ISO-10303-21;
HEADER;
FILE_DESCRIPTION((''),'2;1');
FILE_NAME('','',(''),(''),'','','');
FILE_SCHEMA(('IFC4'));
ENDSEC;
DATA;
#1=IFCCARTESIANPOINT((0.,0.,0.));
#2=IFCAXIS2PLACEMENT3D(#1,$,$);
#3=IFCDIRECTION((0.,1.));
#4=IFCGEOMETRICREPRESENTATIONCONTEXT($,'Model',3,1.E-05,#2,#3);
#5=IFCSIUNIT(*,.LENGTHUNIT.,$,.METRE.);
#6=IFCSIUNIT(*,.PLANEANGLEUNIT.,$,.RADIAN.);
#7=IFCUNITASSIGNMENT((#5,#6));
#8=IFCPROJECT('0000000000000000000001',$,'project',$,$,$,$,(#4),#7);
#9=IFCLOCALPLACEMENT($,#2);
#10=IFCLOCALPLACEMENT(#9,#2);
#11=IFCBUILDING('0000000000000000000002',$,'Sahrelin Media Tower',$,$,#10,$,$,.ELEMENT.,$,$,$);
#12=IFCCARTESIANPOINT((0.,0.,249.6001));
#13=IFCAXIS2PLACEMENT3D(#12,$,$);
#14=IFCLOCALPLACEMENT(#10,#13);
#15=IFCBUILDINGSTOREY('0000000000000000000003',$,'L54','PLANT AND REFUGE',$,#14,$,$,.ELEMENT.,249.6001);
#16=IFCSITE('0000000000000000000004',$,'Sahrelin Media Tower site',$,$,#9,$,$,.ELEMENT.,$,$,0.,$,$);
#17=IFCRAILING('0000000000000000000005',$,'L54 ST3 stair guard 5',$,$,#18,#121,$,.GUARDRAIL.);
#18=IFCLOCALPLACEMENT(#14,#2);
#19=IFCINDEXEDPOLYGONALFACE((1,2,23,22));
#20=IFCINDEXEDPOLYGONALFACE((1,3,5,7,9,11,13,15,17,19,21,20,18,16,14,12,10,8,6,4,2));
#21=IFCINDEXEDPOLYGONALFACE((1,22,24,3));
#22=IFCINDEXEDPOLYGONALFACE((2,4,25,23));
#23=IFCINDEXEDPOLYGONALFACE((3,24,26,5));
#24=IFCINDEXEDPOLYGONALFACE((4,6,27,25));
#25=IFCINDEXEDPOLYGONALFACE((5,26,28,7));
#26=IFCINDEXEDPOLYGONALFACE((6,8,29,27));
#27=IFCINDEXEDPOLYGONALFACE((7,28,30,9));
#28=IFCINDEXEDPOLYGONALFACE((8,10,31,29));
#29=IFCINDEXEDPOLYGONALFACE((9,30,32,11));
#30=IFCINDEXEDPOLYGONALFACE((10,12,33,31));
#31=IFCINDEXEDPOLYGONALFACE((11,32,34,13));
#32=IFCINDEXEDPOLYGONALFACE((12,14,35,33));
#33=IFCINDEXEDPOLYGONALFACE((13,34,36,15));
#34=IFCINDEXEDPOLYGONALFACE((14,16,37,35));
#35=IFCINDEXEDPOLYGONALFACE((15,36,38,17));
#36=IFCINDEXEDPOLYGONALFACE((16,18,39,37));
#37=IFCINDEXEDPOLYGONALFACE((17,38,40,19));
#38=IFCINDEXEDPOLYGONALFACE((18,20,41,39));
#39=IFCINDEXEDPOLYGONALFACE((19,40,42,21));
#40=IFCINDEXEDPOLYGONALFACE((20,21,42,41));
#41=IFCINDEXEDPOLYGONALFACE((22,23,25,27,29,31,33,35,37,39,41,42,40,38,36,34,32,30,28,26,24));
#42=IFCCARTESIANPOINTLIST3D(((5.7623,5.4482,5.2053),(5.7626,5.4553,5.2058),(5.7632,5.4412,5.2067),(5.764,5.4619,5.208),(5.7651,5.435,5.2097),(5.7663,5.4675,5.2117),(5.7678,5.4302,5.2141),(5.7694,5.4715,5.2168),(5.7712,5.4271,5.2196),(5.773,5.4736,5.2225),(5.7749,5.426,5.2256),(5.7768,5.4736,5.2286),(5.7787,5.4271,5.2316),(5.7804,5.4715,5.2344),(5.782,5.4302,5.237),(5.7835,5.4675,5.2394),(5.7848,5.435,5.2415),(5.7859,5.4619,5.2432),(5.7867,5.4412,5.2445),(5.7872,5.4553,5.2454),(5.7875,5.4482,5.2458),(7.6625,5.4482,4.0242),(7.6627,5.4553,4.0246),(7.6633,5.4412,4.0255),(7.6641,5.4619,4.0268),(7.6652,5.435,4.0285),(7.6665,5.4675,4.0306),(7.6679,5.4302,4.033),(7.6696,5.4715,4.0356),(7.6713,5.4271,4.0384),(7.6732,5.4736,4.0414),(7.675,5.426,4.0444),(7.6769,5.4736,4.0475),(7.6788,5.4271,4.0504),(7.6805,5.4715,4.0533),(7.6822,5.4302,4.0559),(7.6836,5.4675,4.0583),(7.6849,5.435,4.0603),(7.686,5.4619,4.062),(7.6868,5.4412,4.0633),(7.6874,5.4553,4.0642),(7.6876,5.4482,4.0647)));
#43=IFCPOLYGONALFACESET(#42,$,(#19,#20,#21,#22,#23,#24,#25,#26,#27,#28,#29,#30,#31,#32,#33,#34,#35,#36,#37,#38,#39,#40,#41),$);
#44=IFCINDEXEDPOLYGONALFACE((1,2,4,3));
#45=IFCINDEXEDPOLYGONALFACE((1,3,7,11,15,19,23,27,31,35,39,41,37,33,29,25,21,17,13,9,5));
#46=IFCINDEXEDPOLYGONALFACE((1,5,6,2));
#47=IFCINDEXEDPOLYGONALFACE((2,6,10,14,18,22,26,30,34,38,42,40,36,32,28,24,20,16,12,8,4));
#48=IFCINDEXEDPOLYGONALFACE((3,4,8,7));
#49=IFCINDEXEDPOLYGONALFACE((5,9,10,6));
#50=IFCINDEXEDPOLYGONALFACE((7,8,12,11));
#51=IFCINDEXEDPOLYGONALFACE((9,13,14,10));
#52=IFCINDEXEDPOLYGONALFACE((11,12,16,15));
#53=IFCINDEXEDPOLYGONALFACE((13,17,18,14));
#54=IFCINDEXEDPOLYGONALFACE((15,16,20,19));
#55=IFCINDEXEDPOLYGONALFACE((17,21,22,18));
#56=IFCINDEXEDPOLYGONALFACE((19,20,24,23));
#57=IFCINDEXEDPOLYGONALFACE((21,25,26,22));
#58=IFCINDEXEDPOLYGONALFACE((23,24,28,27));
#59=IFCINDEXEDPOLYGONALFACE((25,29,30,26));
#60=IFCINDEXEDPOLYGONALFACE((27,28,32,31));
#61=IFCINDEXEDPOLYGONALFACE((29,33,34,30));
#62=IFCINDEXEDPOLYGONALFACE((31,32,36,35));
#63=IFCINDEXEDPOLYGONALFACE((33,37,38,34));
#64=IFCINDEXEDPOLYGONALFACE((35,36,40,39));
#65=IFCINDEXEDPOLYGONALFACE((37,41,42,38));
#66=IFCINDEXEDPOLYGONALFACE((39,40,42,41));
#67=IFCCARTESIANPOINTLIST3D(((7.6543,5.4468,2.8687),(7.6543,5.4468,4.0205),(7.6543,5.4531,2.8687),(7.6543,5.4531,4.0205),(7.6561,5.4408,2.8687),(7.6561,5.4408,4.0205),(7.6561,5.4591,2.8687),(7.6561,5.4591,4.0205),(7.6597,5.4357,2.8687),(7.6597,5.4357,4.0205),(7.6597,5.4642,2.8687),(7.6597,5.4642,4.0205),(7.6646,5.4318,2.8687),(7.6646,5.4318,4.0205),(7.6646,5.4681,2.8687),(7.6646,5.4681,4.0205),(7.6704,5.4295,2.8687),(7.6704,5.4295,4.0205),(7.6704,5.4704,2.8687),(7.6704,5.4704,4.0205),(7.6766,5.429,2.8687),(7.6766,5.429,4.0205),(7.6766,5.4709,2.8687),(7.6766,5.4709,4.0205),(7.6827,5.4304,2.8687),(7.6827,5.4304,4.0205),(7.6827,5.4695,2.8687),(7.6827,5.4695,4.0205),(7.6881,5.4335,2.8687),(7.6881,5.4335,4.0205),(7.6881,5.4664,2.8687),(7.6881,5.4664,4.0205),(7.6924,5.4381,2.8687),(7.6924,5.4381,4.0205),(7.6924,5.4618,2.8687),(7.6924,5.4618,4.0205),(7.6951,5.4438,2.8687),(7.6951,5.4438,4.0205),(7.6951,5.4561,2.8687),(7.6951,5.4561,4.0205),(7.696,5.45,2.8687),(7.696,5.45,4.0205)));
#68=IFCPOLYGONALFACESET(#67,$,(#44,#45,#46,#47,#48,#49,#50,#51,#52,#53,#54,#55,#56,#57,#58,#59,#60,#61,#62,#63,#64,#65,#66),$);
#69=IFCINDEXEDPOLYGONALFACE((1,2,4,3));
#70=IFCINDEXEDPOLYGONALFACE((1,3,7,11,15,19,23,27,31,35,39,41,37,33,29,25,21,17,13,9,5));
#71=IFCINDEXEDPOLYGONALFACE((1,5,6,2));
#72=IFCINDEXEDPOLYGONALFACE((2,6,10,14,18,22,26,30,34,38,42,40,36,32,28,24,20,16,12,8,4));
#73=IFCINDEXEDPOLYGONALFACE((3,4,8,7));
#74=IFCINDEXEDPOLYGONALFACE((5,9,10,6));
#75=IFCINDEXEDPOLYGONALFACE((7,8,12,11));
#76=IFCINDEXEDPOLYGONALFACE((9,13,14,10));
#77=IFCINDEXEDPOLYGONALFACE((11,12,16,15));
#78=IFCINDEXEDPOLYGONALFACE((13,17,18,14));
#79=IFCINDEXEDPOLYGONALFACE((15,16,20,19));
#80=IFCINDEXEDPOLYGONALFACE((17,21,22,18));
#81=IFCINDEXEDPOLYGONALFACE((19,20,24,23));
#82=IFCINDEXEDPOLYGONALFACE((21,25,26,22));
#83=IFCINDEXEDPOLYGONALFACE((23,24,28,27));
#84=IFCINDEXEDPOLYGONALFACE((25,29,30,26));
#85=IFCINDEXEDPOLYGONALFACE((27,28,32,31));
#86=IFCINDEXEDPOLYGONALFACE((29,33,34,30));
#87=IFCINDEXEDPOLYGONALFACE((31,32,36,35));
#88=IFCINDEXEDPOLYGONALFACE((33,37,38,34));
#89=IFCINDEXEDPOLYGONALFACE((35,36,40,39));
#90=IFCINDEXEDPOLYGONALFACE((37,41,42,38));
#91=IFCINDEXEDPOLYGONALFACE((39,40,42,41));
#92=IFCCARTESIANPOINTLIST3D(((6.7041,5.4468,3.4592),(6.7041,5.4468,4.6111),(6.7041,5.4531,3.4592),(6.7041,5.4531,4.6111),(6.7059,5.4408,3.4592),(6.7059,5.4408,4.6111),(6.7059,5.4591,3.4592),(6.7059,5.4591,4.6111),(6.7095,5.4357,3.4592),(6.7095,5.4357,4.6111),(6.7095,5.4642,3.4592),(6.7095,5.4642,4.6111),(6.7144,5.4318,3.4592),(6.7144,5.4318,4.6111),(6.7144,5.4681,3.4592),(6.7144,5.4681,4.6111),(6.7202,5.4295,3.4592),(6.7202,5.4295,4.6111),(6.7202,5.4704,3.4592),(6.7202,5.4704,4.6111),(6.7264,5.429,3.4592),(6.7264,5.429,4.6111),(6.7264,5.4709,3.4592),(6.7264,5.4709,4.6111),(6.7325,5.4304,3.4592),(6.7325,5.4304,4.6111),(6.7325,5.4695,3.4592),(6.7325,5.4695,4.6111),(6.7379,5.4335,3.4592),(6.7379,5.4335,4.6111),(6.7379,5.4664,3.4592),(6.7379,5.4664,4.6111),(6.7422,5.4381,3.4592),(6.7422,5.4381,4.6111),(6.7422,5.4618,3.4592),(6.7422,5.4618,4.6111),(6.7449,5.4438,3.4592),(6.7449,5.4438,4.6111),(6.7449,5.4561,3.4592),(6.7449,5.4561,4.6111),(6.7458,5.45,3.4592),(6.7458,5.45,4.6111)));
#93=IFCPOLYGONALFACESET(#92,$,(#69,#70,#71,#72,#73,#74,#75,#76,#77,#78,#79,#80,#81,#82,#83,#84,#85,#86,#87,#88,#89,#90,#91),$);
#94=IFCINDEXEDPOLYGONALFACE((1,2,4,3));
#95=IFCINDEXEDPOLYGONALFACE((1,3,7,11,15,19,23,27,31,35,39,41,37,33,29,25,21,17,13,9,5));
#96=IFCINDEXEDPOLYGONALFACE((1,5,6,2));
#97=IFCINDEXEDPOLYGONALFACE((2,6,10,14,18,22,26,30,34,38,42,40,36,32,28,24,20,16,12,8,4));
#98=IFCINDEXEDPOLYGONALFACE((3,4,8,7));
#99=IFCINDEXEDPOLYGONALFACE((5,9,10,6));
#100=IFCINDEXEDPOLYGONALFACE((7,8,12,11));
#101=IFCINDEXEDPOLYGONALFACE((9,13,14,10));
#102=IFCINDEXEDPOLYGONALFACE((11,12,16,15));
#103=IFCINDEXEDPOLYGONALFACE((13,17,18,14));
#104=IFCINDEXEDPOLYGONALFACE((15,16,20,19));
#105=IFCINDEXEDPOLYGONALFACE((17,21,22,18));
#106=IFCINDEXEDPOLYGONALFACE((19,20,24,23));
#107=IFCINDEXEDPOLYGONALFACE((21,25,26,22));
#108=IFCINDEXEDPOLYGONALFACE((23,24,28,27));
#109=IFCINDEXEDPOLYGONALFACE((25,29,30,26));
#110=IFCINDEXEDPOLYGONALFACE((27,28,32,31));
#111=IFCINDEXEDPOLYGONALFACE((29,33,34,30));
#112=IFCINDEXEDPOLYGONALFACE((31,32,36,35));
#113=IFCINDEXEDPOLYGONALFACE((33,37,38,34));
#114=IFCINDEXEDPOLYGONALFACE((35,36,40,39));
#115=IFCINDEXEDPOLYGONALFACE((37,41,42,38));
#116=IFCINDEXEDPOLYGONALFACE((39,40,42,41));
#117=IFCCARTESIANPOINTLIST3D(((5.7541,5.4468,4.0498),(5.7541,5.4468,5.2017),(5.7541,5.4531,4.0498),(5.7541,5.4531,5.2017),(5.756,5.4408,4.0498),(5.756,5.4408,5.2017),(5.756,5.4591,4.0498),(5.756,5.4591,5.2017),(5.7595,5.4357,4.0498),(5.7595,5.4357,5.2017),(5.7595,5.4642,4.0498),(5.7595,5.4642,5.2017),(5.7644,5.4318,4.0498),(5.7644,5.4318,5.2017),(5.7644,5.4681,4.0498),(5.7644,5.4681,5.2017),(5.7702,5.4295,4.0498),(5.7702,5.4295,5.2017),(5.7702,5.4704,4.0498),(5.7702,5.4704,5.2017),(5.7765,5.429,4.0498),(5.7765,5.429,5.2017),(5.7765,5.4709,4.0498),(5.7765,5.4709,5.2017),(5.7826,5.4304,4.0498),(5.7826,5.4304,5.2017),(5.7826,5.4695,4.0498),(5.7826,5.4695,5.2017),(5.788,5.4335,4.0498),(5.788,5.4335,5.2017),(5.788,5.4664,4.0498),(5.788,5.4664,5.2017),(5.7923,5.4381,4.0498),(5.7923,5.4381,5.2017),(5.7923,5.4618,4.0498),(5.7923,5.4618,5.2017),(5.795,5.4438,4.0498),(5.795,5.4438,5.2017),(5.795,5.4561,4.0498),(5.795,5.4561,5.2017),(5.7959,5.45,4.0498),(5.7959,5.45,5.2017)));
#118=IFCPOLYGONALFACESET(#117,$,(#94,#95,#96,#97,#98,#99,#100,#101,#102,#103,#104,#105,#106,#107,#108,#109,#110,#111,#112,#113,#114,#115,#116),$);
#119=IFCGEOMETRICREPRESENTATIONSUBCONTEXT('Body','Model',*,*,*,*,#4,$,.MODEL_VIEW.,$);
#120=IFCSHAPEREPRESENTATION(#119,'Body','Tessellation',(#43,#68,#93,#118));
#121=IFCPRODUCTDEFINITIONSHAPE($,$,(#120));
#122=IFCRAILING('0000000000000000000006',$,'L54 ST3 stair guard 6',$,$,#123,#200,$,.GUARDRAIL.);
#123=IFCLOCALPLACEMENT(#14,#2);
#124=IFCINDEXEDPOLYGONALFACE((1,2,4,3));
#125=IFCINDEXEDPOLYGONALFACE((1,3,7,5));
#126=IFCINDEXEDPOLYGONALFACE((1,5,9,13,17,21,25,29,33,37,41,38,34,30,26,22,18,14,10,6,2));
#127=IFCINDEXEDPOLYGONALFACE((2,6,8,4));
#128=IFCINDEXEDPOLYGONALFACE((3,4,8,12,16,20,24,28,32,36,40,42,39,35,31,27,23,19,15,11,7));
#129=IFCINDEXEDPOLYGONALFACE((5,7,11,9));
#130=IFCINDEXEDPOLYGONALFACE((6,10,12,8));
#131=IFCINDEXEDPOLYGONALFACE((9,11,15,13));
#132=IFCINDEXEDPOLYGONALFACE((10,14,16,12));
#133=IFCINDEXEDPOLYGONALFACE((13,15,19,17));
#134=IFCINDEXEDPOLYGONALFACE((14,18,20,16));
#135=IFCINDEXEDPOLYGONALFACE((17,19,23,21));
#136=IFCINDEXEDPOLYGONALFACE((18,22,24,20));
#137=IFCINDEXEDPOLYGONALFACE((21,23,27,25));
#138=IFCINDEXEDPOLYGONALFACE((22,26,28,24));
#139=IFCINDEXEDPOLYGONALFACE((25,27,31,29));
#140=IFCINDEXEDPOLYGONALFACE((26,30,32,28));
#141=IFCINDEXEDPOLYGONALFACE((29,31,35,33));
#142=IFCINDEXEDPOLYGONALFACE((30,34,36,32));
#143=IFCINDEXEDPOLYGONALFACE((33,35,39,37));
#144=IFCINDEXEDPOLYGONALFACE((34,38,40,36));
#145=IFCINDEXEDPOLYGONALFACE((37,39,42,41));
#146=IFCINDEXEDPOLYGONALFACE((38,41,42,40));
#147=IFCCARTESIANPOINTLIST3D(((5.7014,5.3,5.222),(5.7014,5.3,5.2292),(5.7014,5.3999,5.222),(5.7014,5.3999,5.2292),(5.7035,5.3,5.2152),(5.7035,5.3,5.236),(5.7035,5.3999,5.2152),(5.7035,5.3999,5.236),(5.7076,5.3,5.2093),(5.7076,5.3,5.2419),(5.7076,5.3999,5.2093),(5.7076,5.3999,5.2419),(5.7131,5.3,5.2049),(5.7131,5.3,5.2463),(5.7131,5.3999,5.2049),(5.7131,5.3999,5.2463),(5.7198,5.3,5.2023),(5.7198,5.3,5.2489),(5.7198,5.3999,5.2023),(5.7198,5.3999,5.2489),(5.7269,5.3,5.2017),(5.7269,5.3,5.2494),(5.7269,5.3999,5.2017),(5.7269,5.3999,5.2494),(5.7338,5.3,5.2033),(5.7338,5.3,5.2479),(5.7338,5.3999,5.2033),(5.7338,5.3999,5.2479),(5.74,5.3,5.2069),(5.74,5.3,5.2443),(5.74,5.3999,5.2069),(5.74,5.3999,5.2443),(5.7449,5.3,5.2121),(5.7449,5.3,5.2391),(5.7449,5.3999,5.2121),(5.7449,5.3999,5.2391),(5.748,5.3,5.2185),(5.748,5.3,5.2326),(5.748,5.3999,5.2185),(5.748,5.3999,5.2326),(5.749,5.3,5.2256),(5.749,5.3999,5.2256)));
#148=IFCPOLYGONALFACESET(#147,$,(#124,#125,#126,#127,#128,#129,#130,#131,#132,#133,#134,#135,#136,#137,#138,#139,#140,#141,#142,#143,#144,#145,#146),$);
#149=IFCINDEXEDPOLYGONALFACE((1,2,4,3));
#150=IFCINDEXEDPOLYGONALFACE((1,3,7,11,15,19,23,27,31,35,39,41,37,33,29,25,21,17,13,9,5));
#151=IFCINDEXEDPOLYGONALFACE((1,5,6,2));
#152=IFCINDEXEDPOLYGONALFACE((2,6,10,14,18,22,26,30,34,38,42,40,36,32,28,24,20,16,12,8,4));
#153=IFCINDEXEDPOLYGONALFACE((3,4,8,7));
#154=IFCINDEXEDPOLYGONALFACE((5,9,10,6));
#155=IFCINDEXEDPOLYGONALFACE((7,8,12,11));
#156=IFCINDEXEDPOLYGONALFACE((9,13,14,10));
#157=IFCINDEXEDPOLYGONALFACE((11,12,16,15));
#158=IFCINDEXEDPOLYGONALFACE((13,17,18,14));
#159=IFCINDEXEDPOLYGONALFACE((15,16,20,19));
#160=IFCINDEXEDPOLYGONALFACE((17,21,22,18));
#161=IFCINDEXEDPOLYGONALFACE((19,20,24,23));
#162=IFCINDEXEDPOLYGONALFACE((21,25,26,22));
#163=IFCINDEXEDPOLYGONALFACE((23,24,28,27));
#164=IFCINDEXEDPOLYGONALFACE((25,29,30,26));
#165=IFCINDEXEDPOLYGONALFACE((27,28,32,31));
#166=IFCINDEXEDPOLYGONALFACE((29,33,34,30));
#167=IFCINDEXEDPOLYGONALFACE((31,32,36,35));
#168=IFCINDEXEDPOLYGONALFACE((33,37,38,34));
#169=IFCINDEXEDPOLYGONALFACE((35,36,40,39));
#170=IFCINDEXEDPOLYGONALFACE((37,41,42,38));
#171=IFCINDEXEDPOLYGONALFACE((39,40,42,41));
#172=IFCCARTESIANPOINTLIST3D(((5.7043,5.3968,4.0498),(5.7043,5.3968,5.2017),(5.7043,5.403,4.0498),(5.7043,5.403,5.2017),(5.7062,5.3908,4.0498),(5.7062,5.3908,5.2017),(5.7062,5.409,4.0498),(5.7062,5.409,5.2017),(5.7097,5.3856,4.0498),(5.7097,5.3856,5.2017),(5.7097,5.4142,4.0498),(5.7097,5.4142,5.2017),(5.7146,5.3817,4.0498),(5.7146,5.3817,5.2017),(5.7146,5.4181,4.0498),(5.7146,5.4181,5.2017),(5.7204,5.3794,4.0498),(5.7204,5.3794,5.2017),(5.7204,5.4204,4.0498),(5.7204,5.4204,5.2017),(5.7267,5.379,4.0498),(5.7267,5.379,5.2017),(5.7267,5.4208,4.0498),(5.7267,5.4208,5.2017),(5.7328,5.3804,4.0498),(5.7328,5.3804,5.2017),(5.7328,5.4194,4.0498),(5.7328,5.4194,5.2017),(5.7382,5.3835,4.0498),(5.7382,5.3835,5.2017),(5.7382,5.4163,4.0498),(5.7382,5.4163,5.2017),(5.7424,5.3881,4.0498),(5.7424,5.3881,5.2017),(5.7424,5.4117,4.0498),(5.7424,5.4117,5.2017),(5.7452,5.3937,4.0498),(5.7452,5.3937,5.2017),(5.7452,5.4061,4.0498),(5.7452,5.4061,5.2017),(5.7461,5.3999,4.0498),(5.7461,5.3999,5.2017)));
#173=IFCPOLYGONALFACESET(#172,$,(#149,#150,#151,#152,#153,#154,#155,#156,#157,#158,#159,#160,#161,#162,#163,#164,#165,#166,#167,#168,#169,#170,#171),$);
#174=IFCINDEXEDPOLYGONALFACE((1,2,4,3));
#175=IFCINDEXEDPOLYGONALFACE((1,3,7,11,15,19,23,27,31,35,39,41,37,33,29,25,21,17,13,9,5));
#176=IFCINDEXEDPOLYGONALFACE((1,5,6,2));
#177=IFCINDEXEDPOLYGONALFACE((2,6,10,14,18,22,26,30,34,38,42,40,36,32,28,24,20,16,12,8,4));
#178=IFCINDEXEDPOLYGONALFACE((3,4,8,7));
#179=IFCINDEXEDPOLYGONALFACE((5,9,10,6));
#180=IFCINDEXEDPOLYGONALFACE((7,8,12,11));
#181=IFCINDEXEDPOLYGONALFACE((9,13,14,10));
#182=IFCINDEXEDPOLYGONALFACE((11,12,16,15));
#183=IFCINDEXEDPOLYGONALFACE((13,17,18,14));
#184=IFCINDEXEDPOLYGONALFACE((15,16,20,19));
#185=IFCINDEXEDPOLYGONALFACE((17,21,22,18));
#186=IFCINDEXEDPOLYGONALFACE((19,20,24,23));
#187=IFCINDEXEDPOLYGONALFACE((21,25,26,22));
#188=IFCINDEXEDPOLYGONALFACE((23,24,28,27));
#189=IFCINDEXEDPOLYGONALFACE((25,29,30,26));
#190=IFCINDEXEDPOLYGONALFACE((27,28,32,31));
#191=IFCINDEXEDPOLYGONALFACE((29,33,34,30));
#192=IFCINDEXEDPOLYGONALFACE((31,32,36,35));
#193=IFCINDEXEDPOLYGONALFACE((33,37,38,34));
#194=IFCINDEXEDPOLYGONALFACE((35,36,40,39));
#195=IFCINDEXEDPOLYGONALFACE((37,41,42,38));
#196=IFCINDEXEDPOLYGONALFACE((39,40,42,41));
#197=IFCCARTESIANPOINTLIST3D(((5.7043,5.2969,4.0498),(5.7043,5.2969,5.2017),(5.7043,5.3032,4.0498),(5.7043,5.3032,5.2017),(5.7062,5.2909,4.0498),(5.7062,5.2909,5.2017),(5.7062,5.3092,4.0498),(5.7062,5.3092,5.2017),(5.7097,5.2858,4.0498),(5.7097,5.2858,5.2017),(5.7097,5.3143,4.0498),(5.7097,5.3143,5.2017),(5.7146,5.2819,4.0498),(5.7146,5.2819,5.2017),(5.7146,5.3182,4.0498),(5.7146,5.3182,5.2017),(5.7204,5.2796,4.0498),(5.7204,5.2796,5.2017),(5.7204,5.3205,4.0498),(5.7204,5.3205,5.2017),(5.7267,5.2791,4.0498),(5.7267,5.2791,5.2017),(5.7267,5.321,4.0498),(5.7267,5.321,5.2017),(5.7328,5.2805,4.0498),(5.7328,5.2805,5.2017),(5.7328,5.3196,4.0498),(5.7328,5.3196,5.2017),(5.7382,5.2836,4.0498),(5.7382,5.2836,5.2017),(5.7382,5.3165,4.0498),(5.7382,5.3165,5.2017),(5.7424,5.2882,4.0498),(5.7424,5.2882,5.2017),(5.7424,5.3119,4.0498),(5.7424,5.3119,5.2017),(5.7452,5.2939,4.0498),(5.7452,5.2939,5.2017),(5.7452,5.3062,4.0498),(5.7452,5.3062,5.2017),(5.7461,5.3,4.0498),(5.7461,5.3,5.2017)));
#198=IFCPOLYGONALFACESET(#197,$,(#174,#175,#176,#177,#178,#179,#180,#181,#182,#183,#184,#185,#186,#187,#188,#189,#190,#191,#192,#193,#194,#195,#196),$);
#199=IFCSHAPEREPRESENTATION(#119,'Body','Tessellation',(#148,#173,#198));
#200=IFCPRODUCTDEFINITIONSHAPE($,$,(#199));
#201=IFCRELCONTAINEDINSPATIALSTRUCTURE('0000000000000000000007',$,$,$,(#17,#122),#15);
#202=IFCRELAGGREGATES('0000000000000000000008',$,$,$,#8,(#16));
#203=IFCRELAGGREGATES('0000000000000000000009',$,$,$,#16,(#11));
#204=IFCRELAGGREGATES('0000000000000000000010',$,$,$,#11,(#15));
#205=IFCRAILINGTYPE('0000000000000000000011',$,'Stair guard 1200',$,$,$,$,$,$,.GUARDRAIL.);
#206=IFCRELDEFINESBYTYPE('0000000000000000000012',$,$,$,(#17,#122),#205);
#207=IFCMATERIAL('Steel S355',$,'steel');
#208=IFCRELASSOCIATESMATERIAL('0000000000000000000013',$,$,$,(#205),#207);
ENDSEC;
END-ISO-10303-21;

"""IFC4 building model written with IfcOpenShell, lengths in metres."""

from ifc_helpers import new_model, si_unit, direction, frame, origin, origin_2d, place, context, subcontext, project, spatial, circle, extrude, material, type_object, element, save


model = new_model("IFC4")

# Units and contexts
model_context = context("Model", 3, precision=1e-05, world=origin(), true_north=direction((0.0, 1.0)))
body_context = subcontext(model_context, "Body", "Model", "MODEL_VIEW")
ifc_project = project(units=[si_unit("LENGTHUNIT", "METRE"), si_unit("PLANEANGLEUNIT", "RADIAN")], contexts=[model_context])

# Site, building, storey
site_placement = place(None, origin())
site = spatial("IfcSite", under=ifc_project, at=site_placement, Name="Sahrelin Media Tower site", CompositionType="ELEMENT", RefElevation=0.0)
building_placement = place(site_placement, origin())
building = spatial("IfcBuilding", under=site, at=building_placement, Name="Sahrelin Media Tower", CompositionType="ELEMENT")
storey_placement = place(building_placement, frame((0.0, 0.0, 249.6001)))
storey = spatial("IfcBuildingStorey", under=building, at=storey_placement, Name="L54", Description="PLANT AND REFUGE", CompositionType="ELEMENT", Elevation=249.6001)

# Shared definitions
ifc_material_1 = material(Name="Steel S355", Category="steel")

# Railings
railing_type_1 = type_object("IfcRailingType", Name="Stair guard 1200", PredefinedType="GUARDRAIL", material=ifc_material_1)
railing_1_placement = place(storey_placement, frame((7.675, 5.45, 2.8687)))
element("IfcRailing", 1, at=railing_1_placement, inside=storey, type_object=railing_type_1, Name="L54 ST3 stair guard 5", PredefinedType="GUARDRAIL", context=body_context, shape_type="SweptSolid", body=[
    extrude(circle(Radius=0.0239, at=origin_2d()), frame((0.0, 0.0, 1.1758), z_axis=(-0.849289, 0.0, 0.527928), x_axis=(0.0, -1.0, 0.0)), (0.0, 0.0, 1.0), 2.2373),
    extrude(circle(Radius=0.021, at=origin_2d()), origin(), (0.0, 0.0, 1.0), 1.1519),
    extrude(circle(Radius=0.021, at=origin_2d()), frame((-0.9502, 0.0, 0.5906)), (0.0, 0.0, 1.0), 1.1519),
    extrude(circle(Radius=0.021, at=origin_2d()), frame((-1.9001, 0.0, 1.1812)), (0.0, 0.0, 1.0), 1.1519),
])
for number, where, name in (
    (2, (5.7251, 5.3999, 4.0498), "L54 ST3 stair guard 6"),
):
    element("IfcRailing", number, at=place(storey_placement, frame(where)), inside=storey, type_object=railing_type_1, Name=name, PredefinedType="GUARDRAIL", context=body_context, shape_type="SweptSolid", body=[
        extrude(circle(Radius=0.0239, at=origin_2d()), frame((0.0, 0.0, 1.1758), z_axis=(0.0, -1.0, 0.0), x_axis=(1.0, 0.0, 0.0)), (0.0, 0.0, 1.0), 0.0999),
        extrude(circle(Radius=0.021, at=origin_2d()), origin(), (0.0, 0.0, 1.0), 1.1519),
        extrude(circle(Radius=0.021, at=origin_2d()), frame((0.0, -0.0999, 0.0)), (0.0, 0.0, 1.0), 1.1519),
    ])

save(model, "model.ifc")
